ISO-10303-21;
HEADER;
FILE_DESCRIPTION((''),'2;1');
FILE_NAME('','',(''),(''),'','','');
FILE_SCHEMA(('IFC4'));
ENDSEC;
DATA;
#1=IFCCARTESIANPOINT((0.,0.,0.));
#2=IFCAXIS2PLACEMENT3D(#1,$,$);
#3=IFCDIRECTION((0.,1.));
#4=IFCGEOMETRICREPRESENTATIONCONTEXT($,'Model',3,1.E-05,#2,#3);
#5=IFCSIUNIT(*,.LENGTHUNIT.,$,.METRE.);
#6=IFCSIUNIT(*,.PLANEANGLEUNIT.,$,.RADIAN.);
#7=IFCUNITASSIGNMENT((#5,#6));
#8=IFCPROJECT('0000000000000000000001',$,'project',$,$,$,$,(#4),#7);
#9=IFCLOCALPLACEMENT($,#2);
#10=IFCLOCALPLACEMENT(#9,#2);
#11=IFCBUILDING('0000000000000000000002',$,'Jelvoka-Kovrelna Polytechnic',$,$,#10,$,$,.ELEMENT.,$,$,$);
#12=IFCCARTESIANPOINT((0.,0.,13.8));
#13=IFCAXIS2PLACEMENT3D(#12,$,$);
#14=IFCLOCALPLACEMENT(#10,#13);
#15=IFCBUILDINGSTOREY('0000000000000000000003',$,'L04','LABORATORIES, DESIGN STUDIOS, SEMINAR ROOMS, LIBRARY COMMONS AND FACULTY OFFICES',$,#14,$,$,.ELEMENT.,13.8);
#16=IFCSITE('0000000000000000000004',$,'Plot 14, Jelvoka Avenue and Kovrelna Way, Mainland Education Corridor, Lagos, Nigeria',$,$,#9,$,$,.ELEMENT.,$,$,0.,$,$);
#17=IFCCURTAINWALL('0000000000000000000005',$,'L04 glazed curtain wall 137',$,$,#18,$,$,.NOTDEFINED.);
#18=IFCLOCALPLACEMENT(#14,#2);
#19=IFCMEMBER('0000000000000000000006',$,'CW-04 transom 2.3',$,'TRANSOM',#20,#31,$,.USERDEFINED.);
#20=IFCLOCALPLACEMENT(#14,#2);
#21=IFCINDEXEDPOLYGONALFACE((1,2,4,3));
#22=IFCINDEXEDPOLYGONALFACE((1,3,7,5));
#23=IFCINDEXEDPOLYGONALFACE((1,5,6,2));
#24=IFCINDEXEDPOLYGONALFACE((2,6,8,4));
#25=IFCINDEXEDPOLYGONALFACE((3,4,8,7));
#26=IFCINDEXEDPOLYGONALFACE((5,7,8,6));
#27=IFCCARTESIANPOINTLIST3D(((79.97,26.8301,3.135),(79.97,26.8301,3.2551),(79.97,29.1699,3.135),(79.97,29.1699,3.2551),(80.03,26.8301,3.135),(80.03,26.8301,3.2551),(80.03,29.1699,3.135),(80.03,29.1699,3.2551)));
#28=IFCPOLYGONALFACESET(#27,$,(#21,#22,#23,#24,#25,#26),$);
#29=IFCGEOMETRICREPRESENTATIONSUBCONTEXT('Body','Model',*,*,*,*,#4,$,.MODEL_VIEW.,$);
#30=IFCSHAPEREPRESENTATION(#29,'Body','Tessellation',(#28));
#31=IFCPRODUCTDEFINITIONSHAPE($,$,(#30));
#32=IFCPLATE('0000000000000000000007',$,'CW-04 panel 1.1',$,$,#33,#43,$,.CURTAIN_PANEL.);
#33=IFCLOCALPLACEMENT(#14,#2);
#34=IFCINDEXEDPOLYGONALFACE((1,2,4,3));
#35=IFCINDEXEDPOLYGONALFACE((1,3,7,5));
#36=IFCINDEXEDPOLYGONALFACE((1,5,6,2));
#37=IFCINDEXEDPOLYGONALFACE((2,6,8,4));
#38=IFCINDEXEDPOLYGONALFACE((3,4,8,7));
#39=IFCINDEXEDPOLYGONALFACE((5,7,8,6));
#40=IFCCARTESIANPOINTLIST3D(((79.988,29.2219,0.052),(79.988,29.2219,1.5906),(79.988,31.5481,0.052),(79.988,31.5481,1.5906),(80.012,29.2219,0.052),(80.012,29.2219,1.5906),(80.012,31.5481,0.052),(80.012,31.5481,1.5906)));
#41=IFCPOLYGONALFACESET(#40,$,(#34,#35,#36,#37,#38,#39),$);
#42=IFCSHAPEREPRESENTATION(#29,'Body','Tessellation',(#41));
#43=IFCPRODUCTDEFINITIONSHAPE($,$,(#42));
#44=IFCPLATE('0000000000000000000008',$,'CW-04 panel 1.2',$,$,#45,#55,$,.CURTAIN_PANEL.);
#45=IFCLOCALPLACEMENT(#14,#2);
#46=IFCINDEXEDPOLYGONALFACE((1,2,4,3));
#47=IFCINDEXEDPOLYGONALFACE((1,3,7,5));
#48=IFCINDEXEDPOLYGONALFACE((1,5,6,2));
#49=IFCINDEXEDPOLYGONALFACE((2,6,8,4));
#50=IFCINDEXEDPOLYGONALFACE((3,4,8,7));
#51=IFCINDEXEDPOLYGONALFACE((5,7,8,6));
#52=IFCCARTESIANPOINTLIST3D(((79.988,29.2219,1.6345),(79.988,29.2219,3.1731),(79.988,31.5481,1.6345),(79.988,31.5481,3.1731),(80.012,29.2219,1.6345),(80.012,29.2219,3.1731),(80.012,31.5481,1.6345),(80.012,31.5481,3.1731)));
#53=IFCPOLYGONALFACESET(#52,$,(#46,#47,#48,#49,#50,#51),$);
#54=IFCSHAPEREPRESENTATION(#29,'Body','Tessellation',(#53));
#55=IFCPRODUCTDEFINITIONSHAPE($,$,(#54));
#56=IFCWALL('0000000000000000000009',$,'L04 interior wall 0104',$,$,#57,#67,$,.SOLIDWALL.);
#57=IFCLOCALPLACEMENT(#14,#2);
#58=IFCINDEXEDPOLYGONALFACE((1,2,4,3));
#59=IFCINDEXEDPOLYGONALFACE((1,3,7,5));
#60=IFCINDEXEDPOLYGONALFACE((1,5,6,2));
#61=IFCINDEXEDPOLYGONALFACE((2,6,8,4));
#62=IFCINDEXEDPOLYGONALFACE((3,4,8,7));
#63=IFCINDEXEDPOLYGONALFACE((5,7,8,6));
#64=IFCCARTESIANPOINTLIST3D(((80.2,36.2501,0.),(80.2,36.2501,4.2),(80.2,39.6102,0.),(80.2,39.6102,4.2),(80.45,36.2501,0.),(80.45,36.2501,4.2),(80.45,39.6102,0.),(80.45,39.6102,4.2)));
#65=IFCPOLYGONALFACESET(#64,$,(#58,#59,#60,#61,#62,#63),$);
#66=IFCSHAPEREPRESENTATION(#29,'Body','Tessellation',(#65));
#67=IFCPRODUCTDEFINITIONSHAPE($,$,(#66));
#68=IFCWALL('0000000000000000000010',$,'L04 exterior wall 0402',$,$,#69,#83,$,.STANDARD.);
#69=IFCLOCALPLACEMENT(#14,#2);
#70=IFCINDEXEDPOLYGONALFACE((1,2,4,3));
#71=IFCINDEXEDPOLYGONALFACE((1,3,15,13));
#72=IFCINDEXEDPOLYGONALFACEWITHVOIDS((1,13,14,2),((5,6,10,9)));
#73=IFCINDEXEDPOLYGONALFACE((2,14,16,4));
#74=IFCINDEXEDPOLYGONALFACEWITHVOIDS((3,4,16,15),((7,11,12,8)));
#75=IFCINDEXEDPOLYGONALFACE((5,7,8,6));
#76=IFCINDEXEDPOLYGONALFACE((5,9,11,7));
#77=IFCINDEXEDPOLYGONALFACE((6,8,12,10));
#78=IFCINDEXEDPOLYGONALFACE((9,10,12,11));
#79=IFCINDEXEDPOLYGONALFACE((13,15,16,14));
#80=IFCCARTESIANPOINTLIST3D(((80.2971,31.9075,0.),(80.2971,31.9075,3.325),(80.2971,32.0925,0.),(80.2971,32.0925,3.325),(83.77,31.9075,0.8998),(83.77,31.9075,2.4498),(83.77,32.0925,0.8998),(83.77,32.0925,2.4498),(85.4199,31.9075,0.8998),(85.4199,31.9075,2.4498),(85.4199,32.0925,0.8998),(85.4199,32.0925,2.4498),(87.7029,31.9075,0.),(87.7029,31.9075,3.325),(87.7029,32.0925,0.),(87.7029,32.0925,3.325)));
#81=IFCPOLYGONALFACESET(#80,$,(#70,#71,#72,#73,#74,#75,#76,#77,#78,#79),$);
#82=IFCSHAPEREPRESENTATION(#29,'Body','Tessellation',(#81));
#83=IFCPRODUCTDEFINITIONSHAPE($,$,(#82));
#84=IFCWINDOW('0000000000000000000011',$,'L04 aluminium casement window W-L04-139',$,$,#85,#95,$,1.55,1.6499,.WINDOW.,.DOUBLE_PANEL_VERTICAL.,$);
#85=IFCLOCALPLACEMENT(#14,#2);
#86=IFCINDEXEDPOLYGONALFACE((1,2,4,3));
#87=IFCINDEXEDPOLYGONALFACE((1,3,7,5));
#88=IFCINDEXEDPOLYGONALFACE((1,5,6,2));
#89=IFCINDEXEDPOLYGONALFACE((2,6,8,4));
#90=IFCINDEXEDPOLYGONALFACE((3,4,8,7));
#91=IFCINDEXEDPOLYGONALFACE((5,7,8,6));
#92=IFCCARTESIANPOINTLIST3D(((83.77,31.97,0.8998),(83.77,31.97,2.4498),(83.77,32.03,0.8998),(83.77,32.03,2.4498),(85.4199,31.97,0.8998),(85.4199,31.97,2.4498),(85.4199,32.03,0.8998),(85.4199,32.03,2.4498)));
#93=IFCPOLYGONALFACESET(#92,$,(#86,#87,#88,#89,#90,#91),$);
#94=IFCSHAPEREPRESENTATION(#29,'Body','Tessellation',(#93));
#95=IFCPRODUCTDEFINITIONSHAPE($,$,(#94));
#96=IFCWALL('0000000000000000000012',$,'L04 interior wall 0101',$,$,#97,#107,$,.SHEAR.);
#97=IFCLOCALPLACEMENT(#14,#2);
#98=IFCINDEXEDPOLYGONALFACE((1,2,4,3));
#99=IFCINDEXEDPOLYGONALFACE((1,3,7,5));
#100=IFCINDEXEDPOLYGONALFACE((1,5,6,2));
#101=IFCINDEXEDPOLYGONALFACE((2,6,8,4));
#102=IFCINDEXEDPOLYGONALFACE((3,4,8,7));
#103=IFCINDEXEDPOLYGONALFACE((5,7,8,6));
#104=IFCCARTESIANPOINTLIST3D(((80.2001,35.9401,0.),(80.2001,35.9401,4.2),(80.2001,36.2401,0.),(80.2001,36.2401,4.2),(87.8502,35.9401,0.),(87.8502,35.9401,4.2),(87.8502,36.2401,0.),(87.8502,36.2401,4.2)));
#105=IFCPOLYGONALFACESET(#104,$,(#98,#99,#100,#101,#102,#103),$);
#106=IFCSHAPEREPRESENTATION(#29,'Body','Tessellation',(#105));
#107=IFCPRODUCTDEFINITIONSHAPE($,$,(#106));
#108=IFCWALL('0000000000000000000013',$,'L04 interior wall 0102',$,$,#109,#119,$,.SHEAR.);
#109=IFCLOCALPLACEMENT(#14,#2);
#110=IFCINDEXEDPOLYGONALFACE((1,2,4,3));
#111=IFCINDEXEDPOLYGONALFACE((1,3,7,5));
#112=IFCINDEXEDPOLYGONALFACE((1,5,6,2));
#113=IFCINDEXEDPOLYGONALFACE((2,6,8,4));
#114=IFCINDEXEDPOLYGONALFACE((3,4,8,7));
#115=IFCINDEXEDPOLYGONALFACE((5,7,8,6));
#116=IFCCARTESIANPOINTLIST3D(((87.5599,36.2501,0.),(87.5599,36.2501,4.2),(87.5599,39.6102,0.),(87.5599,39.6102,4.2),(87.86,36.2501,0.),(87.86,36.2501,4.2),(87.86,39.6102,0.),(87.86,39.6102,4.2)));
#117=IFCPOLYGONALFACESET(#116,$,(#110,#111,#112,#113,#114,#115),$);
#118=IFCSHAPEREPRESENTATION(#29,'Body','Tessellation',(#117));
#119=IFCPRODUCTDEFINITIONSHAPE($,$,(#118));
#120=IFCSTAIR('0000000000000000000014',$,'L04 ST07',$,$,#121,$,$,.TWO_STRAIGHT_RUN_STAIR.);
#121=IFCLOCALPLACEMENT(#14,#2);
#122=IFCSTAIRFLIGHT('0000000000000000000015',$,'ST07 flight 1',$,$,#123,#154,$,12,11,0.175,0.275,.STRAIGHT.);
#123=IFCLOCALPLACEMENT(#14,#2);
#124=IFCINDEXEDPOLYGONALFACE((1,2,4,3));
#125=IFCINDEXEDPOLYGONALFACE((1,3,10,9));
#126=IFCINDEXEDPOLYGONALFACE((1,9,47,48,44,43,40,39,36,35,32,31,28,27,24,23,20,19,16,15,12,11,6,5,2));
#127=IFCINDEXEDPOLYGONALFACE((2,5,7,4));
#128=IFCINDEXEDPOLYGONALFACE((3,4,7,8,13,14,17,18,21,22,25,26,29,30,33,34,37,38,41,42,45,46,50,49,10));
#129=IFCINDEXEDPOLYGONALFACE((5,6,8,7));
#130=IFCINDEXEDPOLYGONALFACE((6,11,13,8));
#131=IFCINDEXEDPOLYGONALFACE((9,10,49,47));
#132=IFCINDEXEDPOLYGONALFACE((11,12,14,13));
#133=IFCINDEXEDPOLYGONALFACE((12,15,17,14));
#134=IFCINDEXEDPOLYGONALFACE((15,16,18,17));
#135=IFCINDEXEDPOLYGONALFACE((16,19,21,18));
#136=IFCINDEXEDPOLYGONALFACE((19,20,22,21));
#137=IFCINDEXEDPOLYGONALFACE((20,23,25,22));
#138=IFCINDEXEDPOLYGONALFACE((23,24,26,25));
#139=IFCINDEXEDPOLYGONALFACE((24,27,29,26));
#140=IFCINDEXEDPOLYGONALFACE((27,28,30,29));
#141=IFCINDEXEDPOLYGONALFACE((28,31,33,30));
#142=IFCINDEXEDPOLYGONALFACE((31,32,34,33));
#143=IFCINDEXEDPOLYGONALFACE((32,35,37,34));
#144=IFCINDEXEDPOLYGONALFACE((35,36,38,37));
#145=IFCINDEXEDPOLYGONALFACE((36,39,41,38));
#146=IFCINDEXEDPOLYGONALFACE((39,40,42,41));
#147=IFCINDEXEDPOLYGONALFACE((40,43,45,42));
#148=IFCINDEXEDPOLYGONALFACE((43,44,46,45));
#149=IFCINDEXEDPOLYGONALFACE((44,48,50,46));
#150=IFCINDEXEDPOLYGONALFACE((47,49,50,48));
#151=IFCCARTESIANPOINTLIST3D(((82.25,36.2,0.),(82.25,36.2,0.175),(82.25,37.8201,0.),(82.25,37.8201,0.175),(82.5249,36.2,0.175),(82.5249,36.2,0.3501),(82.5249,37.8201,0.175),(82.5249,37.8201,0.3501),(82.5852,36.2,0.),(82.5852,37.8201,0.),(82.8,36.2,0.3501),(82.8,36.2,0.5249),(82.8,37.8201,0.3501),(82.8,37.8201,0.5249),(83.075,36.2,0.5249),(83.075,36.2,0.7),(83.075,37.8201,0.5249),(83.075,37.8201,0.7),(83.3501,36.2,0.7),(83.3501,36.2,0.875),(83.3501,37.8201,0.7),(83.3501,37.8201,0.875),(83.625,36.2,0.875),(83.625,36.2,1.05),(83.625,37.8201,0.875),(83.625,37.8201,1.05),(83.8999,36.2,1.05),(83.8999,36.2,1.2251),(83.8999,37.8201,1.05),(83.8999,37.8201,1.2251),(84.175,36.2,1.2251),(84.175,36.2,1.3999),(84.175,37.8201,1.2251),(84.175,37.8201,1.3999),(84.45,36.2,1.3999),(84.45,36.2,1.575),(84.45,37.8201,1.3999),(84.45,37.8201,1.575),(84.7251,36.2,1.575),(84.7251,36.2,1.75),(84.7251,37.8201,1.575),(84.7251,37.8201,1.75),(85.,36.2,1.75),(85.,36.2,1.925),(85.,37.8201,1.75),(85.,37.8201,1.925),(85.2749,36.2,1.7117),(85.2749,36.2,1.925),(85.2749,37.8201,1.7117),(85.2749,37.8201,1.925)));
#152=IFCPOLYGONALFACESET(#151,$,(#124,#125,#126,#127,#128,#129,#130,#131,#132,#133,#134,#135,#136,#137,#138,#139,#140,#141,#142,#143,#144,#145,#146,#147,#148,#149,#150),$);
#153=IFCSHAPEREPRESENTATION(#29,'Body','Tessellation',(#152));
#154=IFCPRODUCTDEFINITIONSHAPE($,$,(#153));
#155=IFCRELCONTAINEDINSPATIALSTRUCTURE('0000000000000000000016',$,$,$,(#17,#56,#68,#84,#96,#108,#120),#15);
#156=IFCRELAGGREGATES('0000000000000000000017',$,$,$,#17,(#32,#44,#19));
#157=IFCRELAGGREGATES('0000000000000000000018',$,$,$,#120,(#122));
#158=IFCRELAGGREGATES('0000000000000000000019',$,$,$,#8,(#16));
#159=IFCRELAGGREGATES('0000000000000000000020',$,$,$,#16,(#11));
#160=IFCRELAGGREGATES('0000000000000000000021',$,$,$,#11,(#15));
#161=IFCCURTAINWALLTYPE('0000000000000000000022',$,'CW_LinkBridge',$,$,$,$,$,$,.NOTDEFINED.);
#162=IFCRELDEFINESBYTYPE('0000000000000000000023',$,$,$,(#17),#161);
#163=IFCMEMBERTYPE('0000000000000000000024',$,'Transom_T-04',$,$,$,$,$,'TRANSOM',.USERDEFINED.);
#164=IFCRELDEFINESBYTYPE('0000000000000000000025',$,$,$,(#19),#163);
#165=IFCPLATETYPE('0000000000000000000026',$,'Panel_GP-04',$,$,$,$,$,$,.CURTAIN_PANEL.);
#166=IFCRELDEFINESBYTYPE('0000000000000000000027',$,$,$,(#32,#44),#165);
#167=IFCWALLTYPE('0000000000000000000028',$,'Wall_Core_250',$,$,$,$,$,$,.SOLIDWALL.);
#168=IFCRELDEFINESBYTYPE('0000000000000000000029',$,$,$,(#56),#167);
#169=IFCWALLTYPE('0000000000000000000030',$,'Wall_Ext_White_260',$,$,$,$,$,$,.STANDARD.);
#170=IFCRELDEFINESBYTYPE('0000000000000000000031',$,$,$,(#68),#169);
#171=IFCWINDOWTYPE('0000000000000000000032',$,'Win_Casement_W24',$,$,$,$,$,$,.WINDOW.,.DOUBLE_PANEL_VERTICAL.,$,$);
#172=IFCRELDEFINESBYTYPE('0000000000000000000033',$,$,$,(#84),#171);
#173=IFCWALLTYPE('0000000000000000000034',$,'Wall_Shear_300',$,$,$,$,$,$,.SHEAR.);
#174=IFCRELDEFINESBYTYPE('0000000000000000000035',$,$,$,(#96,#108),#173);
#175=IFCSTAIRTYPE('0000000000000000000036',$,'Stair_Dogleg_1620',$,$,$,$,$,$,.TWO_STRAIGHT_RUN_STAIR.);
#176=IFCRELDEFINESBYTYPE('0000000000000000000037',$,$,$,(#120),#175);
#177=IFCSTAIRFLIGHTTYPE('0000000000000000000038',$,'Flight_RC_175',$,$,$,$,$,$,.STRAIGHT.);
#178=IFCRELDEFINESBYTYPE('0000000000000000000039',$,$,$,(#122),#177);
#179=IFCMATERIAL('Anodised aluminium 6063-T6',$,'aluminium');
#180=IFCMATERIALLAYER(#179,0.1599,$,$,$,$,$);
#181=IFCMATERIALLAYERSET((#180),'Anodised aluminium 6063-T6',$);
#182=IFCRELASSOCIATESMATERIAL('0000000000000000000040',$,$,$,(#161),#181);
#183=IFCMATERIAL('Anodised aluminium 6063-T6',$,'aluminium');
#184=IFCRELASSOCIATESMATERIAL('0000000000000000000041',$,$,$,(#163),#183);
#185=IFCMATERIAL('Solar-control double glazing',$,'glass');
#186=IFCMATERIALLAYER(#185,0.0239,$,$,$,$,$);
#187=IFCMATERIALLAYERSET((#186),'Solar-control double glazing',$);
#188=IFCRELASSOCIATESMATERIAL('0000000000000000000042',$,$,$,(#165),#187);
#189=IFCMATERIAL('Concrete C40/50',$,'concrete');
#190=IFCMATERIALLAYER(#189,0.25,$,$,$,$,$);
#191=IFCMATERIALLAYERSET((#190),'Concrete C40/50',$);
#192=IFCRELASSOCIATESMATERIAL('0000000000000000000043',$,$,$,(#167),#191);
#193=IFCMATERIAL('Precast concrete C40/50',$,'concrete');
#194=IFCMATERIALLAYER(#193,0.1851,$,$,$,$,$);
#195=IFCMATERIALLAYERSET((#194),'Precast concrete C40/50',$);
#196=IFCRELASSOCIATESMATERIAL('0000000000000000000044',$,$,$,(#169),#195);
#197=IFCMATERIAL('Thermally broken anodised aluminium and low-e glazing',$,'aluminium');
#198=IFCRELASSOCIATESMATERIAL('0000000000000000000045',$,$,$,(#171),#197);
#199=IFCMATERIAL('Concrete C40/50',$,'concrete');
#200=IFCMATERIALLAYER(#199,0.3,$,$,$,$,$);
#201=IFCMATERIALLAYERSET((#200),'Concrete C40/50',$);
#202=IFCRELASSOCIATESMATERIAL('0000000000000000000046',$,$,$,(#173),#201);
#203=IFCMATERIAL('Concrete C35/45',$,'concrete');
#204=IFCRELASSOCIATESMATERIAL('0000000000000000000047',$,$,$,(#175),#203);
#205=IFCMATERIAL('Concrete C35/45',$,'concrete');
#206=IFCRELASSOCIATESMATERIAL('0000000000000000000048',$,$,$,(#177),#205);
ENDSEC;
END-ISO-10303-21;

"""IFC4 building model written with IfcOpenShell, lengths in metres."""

from ifc_helpers import new_model, si_unit, direction, frame, frame_2d, origin, origin_2d, place, context, subcontext, project, spatial, polyline, rectangle, outline, extrude, material, layer, layer_set, material_profile, profile_set, type_object, element, fill, aggregate, save


model = new_model("IFC4")

# Units and contexts
model_context = context("Model", 3, precision=1e-05, world=origin(), true_north=direction((0.0, 1.0)))
body_context = subcontext(model_context, "Body", "Model", "MODEL_VIEW")
ifc_project = project(units=[si_unit("LENGTHUNIT", "METRE"), si_unit("PLANEANGLEUNIT", "RADIAN")], contexts=[model_context])

# Site, building, storey
site_placement = place(None, origin())
site = spatial("IfcSite", under=ifc_project, at=site_placement, Name="Plot 14, Jelvoka Avenue and Kovrelna Way, Mainland Education Corridor, Lagos, Nigeria", CompositionType="ELEMENT", RefElevation=0.0)
building_placement = place(site_placement, origin())
building = spatial("IfcBuilding", under=site, at=building_placement, Name="Jelvoka-Kovrelna Polytechnic", CompositionType="ELEMENT")
storey_placement = place(building_placement, frame((0.0, 0.0, 13.8)))
storey = spatial("IfcBuildingStorey", under=building, at=storey_placement, Name="L04", Description="LABORATORIES, DESIGN STUDIOS, SEMINAR ROOMS, LIBRARY COMMONS AND FACULTY OFFICES", CompositionType="ELEMENT", Elevation=13.8)

# Curtain wall
ifc_material_1 = material(Name="Anodised aluminium 6063-T6", Category="aluminium")
ifc_layer_1 = layer(ifc_material_1, 0.1599)
ifc_layer_set_1 = layer_set([ifc_layer_1], Name="Anodised aluminium 6063-T6")
curtain_wall_type = type_object("IfcCurtainWallType", Name="CW_LinkBridge", PredefinedType="NOTDEFINED", material=ifc_layer_set_1)
curtain_wall_placement = place(storey_placement, origin())
curtain_wall = element("IfcCurtainWall", 1, at=curtain_wall_placement, inside=storey, type_object=curtain_wall_type, Name="L04 glazed curtain wall 137", PredefinedType="NOTDEFINED")

# Member
ifc_material_2 = material(Name="Anodised aluminium 6063-T6", Category="aluminium")
ifc_material_profile_1 = material_profile(ifc_material_2, rectangle(XDim=0.0601, YDim=0.1201, at=origin_2d()), Name="ALU 60x120")
ifc_profile_set_1 = profile_set([ifc_material_profile_1], Name="Anodised aluminium 6063-T6")
member_type_1 = type_object("IfcMemberType", Name="Transom_T-04", ElementType="TRANSOM", PredefinedType="USERDEFINED", material=ifc_profile_set_1)
member_1_placement = place(storey_placement, frame((80.0, 29.1699, 3.1951), z_axis=(0.0, -1.0, 0.0), x_axis=(1.0, 0.0, 0.0)))
member_1 = element("IfcMember", 2, at=member_1_placement, type_object=member_type_1, Name="CW-04 transom 2.3", ObjectType="TRANSOM", PredefinedType="USERDEFINED", context=body_context, shape_type="SweptSolid", body=[
    extrude(rectangle(XDim=0.0601, YDim=0.1201, at=origin_2d()), origin(), (0.0, 0.0, 1.0), 2.3398),
])

# Plates
ifc_material_3 = material(Name="Solar-control double glazing", Category="glass")
ifc_layer_2 = layer(ifc_material_3, 0.0239)
ifc_layer_set_2 = layer_set([ifc_layer_2], Name="Solar-control double glazing")
plate_type = type_object("IfcPlateType", Name="Panel_GP-04", PredefinedType="CURTAIN_PANEL", material=ifc_layer_set_2)
plate_1_placement = place(storey_placement, frame((80.0, 30.385, 0.052), z_axis=(0.0, 0.0, 1.0), x_axis=(0.0, -1.0, 0.0)))
plate_1 = element("IfcPlate", 3, at=plate_1_placement, type_object=plate_type, Name="CW-04 panel 1.1", PredefinedType="CURTAIN_PANEL", context=body_context, shape_type="SweptSolid", body=[
    extrude(rectangle(XDim=2.3262, YDim=0.0239, at=origin_2d()), origin(), (0.0, 0.0, 1.0), 1.5386),
])
plate_2_placement = place(storey_placement, frame((80.0, 30.385, 1.6345), z_axis=(0.0, 0.0, 1.0), x_axis=(0.0, -1.0, 0.0)))
plate_2 = element("IfcPlate", 4, at=plate_2_placement, type_object=plate_type, Name="CW-04 panel 1.2", PredefinedType="CURTAIN_PANEL", context=body_context, shape_type="SweptSolid", body=[
    extrude(rectangle(XDim=2.3262, YDim=0.0239, at=origin_2d()), origin(), (0.0, 0.0, 1.0), 1.5386),
])
aggregate(curtain_wall, [plate_1, plate_2, member_1])

# Wall
ifc_material_4 = material(Name="Concrete C40/50", Category="concrete")
ifc_layer_3 = layer(ifc_material_4, 0.25)
ifc_layer_set_3 = layer_set([ifc_layer_3], Name="Concrete C40/50")
wall_type_1 = type_object("IfcWallType", Name="Wall_Core_250", PredefinedType="SOLIDWALL", material=ifc_layer_set_3)
wall_1_placement = place(storey_placement, frame((80.325, 36.25, 0.0), z_axis=(0.0, 0.0, 1.0), x_axis=(0.0, 1.0, 0.0)))
element("IfcWall", 5, at=wall_1_placement, inside=storey, type_object=wall_type_1, Name="L04 interior wall 0104", PredefinedType="SOLIDWALL", context=body_context, shape_type="SweptSolid", body=[
    extrude(rectangle(XDim=3.3601, YDim=0.25, at=frame_2d((1.6802, 0.0))), origin(), (0.0, 0.0, 1.0), 4.2),
])

# Wall, opening, window
ifc_material_5 = material(Name="Precast concrete C40/50", Category="concrete")
ifc_layer_4 = layer(ifc_material_5, 0.1851)
ifc_layer_set_4 = layer_set([ifc_layer_4], Name="Precast concrete C40/50")
wall_type_2 = type_object("IfcWallType", Name="Wall_Ext_White_260", PredefinedType="STANDARD", material=ifc_layer_set_4)
wall_2_placement = place(storey_placement, frame((87.7029, 32.0, 0.0), z_axis=(0.0, 0.0, 1.0), x_axis=(-1.0, 0.0, 0.0)))
wall_2 = element("IfcWall", 6, at=wall_2_placement, inside=storey, type_object=wall_type_2, Name="L04 exterior wall 0402", PredefinedType="STANDARD", context=body_context, shape_type="SweptSolid", body=[
    extrude(rectangle(XDim=7.4058, YDim=0.1851, at=frame_2d((3.7029, 0.0))), origin(), (0.0, 0.0, 1.0), 3.325),
])
opening_placement = place(wall_2_placement, frame((2.283, 0.0, 0.8999)))
opening = element("IfcOpeningElement", 7, at=opening_placement, cuts=wall_2, PredefinedType="OPENING", context=body_context, shape_type="SweptSolid", body=[
    extrude(rectangle(XDim=1.6499, YDim=1.55, at=frame_2d((0.825, 0.7749))), frame((0.0, 0.1025, 0.0), z_axis=(0.0, -1.0, 0.0), x_axis=(1.0, 0.0, 0.0)), (0.0, 0.0, 1.0), 0.2051),
])
ifc_material_6 = material(Name="Thermally broken anodised aluminium and low-e glazing", Category="aluminium")
window_type = type_object("IfcWindowType", Name="Win_Casement_W24", PartitioningType="DOUBLE_PANEL_VERTICAL", PredefinedType="WINDOW", material=ifc_material_6)
window_placement = place(opening_placement, origin())
window = element("IfcWindow", 8, at=window_placement, inside=storey, type_object=window_type, Name="L04 aluminium casement window W-L04-139", OverallHeight=1.55, OverallWidth=1.6499, PartitioningType="DOUBLE_PANEL_VERTICAL", PredefinedType="WINDOW", context=body_context, shape_type="SweptSolid", body=[
    extrude(rectangle(XDim=1.6499, YDim=1.55, at=frame_2d((0.825, 0.7749))), frame((0.0, 0.03, 0.0), z_axis=(0.0, -1.0, 0.0), x_axis=(1.0, 0.0, 0.0)), (0.0, 0.0, 1.0), 0.0601),
])
fill(opening, window)

# Walls
ifc_material_7 = material(Name="Concrete C40/50", Category="concrete")
ifc_layer_5 = layer(ifc_material_7, 0.3)
ifc_layer_set_5 = layer_set([ifc_layer_5], Name="Concrete C40/50")
wall_type_3 = type_object("IfcWallType", Name="Wall_Shear_300", PredefinedType="SHEAR", material=ifc_layer_set_5)
wall_3_placement = place(storey_placement, frame((80.2, 36.0901, 0.0), z_axis=(0.0, 0.0, 1.0), x_axis=(1.0, 0.0, 0.0)))
element("IfcWall", 9, at=wall_3_placement, inside=storey, type_object=wall_type_3, Name="L04 interior wall 0101", PredefinedType="SHEAR", context=body_context, shape_type="SweptSolid", body=[
    extrude(rectangle(XDim=7.6501, YDim=0.3, at=frame_2d((3.8252, 0.0))), origin(), (0.0, 0.0, 1.0), 4.2),
])
wall_4_placement = place(storey_placement, frame((87.71, 36.25, 0.0), z_axis=(0.0, 0.0, 1.0), x_axis=(0.0, 1.0, 0.0)))
element("IfcWall", 10, at=wall_4_placement, inside=storey, type_object=wall_type_3, Name="L04 interior wall 0102", PredefinedType="SHEAR", context=body_context, shape_type="SweptSolid", body=[
    extrude(rectangle(XDim=3.3601, YDim=0.3, at=frame_2d((1.6802, 0.0))), origin(), (0.0, 0.0, 1.0), 4.2),
])

# Stair, stair flight
ifc_material_8 = material(Name="Concrete C35/45", Category="concrete")
stair_type = type_object("IfcStairType", Name="Stair_Dogleg_1620", PredefinedType="TWO_STRAIGHT_RUN_STAIR", material=ifc_material_8)
stair_placement = place(storey_placement, origin())
stair = element("IfcStair", 11, at=stair_placement, inside=storey, type_object=stair_type, Name="L04 ST07", PredefinedType="TWO_STRAIGHT_RUN_STAIR")
ifc_material_9 = material(Name="Concrete C35/45", Category="concrete")
stair_flight_type = type_object("IfcStairFlightType", Name="Flight_RC_175", PredefinedType="STRAIGHT", material=ifc_material_9)
stair_flight_placement = place(storey_placement, frame((82.25, 37.01, 0.0), z_axis=(0.0, 0.0, 1.0), x_axis=(1.0, 0.0, 0.0)))
stair_flight = element("IfcStairFlight", 12, at=stair_flight_placement, type_object=stair_flight_type, Name="ST07 flight 1", NumberOfRisers=12, NumberOfTreads=11, PredefinedType="STRAIGHT", RiserHeight=0.175, TreadLength=0.275, context=body_context, shape_type="SweptSolid", body=[
    extrude(outline(polyline([(0.0, 0.0), (0.0, 0.175), (0.2749, 0.175), (0.2749, 0.3501), (0.55, 0.3501), (0.55, 0.5249), (0.825, 0.5249), (0.825, 0.7), (1.1001, 0.7), (1.1001, 0.875), (1.375, 0.875), (1.375, 1.05), (1.6499, 1.05), (1.6499, 1.2251), (1.925, 1.2251), (1.925, 1.3999), (2.2, 1.3999), (2.2, 1.575), (2.4751, 1.575), (2.4751, 1.75), (2.75, 1.75), (2.75, 1.925), (3.0249, 1.925), (3.0249, 2.1001), (3.0249, 1.7117), (0.3352, 0.0), (0.0, 0.0)])), frame((0.0, 0.8101, 0.0), z_axis=(0.0, -1.0, 0.0), x_axis=(1.0, 0.0, 0.0)), (0.0, 0.0, 1.0), 1.6201),
])
aggregate(stair, [stair_flight])

save(model, "model.ifc")
